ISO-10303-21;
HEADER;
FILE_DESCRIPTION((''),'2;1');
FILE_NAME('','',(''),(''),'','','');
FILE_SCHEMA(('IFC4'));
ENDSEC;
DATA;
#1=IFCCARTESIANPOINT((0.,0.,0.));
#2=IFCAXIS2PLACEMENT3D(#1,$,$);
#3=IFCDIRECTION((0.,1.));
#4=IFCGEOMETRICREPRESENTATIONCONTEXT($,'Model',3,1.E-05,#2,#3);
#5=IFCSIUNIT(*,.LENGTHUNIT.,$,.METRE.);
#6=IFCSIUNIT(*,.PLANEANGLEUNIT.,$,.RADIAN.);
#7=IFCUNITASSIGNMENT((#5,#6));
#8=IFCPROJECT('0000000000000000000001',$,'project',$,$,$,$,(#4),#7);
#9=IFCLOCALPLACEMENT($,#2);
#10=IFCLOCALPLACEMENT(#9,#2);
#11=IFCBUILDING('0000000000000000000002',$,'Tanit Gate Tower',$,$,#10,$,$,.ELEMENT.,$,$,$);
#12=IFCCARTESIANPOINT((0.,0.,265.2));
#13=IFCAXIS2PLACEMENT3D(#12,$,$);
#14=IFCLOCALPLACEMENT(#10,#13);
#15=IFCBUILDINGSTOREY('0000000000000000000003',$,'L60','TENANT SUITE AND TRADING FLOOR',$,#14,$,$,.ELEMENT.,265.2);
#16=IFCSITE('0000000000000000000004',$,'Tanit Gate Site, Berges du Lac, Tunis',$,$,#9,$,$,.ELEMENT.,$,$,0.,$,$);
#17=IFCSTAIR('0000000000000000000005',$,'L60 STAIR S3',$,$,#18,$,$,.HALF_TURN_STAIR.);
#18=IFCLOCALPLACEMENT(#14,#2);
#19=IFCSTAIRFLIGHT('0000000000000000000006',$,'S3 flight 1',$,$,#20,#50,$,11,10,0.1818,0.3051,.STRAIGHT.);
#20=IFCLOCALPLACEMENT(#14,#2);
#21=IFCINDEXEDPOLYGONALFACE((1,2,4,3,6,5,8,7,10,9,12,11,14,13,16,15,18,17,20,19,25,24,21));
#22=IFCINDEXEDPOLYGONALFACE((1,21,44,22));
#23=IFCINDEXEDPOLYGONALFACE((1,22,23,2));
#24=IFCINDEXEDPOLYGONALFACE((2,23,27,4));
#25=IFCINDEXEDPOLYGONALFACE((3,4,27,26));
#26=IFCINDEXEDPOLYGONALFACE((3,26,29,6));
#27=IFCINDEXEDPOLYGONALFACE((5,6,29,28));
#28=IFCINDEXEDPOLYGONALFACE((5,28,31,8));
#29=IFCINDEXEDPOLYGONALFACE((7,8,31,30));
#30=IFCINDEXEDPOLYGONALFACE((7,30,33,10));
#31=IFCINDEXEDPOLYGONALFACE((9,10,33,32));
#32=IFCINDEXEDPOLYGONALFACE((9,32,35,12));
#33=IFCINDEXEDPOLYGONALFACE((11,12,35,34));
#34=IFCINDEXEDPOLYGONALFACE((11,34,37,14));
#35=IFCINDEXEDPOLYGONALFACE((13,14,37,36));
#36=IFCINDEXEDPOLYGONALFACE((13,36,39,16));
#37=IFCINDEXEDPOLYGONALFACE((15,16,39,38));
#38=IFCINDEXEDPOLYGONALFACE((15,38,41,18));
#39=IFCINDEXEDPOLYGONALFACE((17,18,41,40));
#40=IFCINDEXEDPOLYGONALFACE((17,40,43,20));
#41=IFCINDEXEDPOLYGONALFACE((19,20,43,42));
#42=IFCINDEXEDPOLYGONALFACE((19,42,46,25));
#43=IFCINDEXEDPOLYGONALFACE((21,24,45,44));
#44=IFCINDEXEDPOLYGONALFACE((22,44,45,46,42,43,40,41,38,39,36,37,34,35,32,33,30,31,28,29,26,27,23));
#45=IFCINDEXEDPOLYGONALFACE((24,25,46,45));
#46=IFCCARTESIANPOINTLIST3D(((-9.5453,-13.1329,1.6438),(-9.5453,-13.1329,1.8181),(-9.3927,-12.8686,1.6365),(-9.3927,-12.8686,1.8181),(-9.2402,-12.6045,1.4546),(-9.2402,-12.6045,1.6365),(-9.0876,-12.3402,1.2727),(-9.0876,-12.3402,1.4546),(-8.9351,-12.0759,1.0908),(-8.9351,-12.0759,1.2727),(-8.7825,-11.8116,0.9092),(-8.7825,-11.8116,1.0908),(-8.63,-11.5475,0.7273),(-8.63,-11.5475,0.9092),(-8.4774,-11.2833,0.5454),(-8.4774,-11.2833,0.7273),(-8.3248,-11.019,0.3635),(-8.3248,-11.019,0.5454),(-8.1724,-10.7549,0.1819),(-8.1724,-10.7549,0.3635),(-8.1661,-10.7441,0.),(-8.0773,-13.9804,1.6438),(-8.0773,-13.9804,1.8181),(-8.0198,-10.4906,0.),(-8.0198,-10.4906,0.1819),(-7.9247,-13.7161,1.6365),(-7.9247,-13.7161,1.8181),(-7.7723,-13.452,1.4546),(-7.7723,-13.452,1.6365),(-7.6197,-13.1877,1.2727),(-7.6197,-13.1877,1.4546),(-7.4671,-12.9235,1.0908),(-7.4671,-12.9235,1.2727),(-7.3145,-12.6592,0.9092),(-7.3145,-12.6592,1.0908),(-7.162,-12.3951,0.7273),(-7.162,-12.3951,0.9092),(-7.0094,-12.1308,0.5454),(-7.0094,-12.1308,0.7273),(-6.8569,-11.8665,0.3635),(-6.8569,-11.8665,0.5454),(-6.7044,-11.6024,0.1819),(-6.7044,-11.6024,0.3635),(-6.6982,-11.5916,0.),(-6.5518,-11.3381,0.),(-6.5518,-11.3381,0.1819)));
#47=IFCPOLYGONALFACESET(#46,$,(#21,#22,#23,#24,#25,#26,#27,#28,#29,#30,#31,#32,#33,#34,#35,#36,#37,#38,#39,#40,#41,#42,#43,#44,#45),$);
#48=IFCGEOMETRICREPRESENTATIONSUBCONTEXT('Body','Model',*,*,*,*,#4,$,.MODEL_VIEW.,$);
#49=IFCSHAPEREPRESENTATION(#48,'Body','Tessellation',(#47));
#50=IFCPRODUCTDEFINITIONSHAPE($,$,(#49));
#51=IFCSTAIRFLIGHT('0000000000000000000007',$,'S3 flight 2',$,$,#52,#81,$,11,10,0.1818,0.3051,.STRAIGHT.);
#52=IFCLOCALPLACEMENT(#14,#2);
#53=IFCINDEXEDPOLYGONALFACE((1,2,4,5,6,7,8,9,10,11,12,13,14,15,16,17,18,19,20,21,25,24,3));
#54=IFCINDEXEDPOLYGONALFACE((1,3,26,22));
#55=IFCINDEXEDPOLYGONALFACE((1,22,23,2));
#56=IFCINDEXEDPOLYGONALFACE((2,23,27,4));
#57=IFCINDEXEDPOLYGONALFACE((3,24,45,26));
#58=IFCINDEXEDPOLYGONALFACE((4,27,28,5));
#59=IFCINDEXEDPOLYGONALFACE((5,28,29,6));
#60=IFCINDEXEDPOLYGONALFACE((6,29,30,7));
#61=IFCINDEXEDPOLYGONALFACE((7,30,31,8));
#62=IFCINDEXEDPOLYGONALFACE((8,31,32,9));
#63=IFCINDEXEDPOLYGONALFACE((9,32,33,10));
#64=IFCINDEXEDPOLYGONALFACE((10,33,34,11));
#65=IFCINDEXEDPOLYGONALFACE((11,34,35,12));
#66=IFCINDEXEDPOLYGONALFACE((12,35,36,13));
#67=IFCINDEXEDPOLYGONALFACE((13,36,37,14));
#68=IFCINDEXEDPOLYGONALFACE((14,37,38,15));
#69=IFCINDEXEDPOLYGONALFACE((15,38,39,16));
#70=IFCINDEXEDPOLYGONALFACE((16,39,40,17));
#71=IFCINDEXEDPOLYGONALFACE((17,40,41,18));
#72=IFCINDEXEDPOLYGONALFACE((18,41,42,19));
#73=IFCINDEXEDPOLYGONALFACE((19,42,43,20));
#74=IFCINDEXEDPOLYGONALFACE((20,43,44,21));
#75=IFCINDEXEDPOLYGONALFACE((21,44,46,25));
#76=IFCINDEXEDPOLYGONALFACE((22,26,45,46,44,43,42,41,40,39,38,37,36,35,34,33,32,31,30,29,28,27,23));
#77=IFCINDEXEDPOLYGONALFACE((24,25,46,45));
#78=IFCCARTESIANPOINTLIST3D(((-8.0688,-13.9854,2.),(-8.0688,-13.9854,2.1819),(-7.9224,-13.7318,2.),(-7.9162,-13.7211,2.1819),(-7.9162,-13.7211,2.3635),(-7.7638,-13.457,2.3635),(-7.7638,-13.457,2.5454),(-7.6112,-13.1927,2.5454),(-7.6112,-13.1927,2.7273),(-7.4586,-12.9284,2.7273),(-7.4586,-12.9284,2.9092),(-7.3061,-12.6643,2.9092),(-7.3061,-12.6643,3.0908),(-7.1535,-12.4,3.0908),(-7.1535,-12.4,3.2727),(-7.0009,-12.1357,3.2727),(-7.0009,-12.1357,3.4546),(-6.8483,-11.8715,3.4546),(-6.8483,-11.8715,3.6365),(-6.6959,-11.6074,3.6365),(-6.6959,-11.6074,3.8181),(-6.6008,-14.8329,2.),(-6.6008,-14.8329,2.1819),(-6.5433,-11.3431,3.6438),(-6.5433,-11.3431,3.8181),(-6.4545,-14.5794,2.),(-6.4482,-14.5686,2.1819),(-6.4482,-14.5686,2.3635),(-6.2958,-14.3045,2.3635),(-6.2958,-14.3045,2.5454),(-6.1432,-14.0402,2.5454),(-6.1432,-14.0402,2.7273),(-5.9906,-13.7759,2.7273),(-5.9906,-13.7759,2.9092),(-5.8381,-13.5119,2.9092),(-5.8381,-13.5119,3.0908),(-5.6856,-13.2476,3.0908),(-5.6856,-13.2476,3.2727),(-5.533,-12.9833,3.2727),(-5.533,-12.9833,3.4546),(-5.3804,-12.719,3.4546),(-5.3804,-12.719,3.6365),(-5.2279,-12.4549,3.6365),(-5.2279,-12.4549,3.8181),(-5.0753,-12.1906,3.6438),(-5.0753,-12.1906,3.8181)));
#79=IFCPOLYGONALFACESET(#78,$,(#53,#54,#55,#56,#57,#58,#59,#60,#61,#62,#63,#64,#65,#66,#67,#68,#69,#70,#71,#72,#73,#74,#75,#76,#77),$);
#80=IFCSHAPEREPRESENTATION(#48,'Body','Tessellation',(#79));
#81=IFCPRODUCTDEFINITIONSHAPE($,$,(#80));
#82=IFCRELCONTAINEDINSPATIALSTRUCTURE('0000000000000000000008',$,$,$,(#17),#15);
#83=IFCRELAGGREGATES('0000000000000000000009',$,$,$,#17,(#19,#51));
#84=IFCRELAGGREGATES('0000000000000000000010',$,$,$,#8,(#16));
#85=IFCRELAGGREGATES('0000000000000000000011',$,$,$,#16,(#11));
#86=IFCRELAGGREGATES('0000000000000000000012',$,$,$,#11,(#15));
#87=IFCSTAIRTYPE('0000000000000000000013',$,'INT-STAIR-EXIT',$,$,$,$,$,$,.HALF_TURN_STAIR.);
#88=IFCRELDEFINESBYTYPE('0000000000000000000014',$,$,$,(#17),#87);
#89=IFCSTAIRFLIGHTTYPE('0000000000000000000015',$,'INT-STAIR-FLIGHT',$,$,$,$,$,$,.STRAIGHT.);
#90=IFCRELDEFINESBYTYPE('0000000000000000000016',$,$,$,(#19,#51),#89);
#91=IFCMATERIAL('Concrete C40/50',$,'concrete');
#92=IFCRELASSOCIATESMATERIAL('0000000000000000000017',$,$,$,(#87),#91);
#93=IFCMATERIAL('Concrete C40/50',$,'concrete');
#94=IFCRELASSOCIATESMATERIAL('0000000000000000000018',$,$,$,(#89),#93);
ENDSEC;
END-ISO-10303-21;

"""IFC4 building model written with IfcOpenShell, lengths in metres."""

from ifc_helpers import new_model, si_unit, direction, frame, origin, place, context, subcontext, project, spatial, polyline, outline, extrude, material, type_object, element, aggregate, save


model = new_model("IFC4")

# Units and contexts
model_context = context("Model", 3, precision=1e-05, world=origin(), true_north=direction((0.0, 1.0)))
body_context = subcontext(model_context, "Body", "Model", "MODEL_VIEW")
ifc_project = project(units=[si_unit("LENGTHUNIT", "METRE"), si_unit("PLANEANGLEUNIT", "RADIAN")], contexts=[model_context])

# Site, building, storey
site_placement = place(None, origin())
site = spatial("IfcSite", under=ifc_project, at=site_placement, Name="Tanit Gate Site, Berges du Lac, Tunis", CompositionType="ELEMENT", RefElevation=0.0)
building_placement = place(site_placement, origin())
building = spatial("IfcBuilding", under=site, at=building_placement, Name="Tanit Gate Tower", CompositionType="ELEMENT")
storey_placement = place(building_placement, frame((0.0, 0.0, 265.2)))
storey = spatial("IfcBuildingStorey", under=building, at=storey_placement, Name="L60", Description="TENANT SUITE AND TRADING FLOOR", CompositionType="ELEMENT", Elevation=265.2)

# Stair, stair flights
ifc_material_1 = material(Name="Concrete C40/50", Category="concrete")
stair_type = type_object("IfcStairType", Name="INT-STAIR-EXIT", PredefinedType="HALF_TURN_STAIR", material=ifc_material_1)
stair_placement = place(storey_placement, origin())
stair = element("IfcStair", 1, at=stair_placement, inside=storey, type_object=stair_type, Name="L60 STAIR S3", PredefinedType="HALF_TURN_STAIR")
ifc_material_2 = material(Name="Concrete C40/50", Category="concrete")
stair_flight_type = type_object("IfcStairFlightType", Name="INT-STAIR-FLIGHT", PredefinedType="STRAIGHT", material=ifc_material_2)
stair_flight_1_placement = place(storey_placement, frame((-7.2859, -10.9143, 0.0), z_axis=(0.0, 0.0, 1.0), x_axis=(-0.5, -0.866025, 0.0)))
stair_flight_1 = element("IfcStairFlight", 2, at=stair_flight_1_placement, type_object=stair_flight_type, Name="S3 flight 1", NumberOfRisers=11, NumberOfTreads=10, PredefinedType="STRAIGHT", RiserHeight=0.1818, TreadLength=0.3051, context=body_context, shape_type="SweptSolid", body=[
    extrude(outline(polyline([(0.0, 0.0), (0.0, 0.1819), (0.3052, 0.1819), (0.3052, 0.3635), (0.6101, 0.3635), (0.6101, 0.5454), (0.9153, 0.5454), (0.9153, 0.7273), (1.2205, 0.7273), (1.2205, 0.9092), (1.5254, 0.9092), (1.5254, 1.0908), (1.8306, 1.0908), (1.8306, 1.2727), (2.1357, 1.2727), (2.1357, 1.4546), (2.4409, 1.4546), (2.4409, 1.6365), (2.7458, 1.6365), (2.7458, 1.8181), (3.051, 1.8181), (3.051, 2.0), (3.051, 1.6438), (0.2927, 0.0), (0.0, 0.0)])), frame((0.0, 0.8477, 0.0), z_axis=(0.0, -1.0, 0.0), x_axis=(1.0, 0.0, 0.0)), (0.0, 0.0, 1.0), 1.6951),
])
stair_flight_2_placement = place(storey_placement, frame((-7.3347, -14.4092, 2.0), z_axis=(0.0, 0.0, 1.0), x_axis=(0.5, 0.866025, 0.0)))
stair_flight_2 = element("IfcStairFlight", 3, at=stair_flight_2_placement, type_object=stair_flight_type, Name="S3 flight 2", NumberOfRisers=11, NumberOfTreads=10, PredefinedType="STRAIGHT", RiserHeight=0.1818, TreadLength=0.3051, context=body_context, shape_type="SweptSolid", body=[
    extrude(outline(polyline([(0.0, 0.0), (0.0, 0.1819), (0.3052, 0.1819), (0.3052, 0.3635), (0.6101, 0.3635), (0.6101, 0.5454), (0.9153, 0.5454), (0.9153, 0.7273), (1.2205, 0.7273), (1.2205, 0.9092), (1.5254, 0.9092), (1.5254, 1.0908), (1.8306, 1.0908), (1.8306, 1.2727), (2.1357, 1.2727), (2.1357, 1.4546), (2.4409, 1.4546), (2.4409, 1.6365), (2.7458, 1.6365), (2.7458, 1.8181), (3.051, 1.8181), (3.051, 2.0), (3.051, 1.6438), (0.2927, 0.0), (0.0, 0.0)])), frame((0.0, 0.8477, 0.0), z_axis=(0.0, -1.0, 0.0), x_axis=(1.0, 0.0, 0.0)), (0.0, 0.0, 1.0), 1.6951),
])
aggregate(stair, [stair_flight_1, stair_flight_2])

save(model, "model.ifc")
